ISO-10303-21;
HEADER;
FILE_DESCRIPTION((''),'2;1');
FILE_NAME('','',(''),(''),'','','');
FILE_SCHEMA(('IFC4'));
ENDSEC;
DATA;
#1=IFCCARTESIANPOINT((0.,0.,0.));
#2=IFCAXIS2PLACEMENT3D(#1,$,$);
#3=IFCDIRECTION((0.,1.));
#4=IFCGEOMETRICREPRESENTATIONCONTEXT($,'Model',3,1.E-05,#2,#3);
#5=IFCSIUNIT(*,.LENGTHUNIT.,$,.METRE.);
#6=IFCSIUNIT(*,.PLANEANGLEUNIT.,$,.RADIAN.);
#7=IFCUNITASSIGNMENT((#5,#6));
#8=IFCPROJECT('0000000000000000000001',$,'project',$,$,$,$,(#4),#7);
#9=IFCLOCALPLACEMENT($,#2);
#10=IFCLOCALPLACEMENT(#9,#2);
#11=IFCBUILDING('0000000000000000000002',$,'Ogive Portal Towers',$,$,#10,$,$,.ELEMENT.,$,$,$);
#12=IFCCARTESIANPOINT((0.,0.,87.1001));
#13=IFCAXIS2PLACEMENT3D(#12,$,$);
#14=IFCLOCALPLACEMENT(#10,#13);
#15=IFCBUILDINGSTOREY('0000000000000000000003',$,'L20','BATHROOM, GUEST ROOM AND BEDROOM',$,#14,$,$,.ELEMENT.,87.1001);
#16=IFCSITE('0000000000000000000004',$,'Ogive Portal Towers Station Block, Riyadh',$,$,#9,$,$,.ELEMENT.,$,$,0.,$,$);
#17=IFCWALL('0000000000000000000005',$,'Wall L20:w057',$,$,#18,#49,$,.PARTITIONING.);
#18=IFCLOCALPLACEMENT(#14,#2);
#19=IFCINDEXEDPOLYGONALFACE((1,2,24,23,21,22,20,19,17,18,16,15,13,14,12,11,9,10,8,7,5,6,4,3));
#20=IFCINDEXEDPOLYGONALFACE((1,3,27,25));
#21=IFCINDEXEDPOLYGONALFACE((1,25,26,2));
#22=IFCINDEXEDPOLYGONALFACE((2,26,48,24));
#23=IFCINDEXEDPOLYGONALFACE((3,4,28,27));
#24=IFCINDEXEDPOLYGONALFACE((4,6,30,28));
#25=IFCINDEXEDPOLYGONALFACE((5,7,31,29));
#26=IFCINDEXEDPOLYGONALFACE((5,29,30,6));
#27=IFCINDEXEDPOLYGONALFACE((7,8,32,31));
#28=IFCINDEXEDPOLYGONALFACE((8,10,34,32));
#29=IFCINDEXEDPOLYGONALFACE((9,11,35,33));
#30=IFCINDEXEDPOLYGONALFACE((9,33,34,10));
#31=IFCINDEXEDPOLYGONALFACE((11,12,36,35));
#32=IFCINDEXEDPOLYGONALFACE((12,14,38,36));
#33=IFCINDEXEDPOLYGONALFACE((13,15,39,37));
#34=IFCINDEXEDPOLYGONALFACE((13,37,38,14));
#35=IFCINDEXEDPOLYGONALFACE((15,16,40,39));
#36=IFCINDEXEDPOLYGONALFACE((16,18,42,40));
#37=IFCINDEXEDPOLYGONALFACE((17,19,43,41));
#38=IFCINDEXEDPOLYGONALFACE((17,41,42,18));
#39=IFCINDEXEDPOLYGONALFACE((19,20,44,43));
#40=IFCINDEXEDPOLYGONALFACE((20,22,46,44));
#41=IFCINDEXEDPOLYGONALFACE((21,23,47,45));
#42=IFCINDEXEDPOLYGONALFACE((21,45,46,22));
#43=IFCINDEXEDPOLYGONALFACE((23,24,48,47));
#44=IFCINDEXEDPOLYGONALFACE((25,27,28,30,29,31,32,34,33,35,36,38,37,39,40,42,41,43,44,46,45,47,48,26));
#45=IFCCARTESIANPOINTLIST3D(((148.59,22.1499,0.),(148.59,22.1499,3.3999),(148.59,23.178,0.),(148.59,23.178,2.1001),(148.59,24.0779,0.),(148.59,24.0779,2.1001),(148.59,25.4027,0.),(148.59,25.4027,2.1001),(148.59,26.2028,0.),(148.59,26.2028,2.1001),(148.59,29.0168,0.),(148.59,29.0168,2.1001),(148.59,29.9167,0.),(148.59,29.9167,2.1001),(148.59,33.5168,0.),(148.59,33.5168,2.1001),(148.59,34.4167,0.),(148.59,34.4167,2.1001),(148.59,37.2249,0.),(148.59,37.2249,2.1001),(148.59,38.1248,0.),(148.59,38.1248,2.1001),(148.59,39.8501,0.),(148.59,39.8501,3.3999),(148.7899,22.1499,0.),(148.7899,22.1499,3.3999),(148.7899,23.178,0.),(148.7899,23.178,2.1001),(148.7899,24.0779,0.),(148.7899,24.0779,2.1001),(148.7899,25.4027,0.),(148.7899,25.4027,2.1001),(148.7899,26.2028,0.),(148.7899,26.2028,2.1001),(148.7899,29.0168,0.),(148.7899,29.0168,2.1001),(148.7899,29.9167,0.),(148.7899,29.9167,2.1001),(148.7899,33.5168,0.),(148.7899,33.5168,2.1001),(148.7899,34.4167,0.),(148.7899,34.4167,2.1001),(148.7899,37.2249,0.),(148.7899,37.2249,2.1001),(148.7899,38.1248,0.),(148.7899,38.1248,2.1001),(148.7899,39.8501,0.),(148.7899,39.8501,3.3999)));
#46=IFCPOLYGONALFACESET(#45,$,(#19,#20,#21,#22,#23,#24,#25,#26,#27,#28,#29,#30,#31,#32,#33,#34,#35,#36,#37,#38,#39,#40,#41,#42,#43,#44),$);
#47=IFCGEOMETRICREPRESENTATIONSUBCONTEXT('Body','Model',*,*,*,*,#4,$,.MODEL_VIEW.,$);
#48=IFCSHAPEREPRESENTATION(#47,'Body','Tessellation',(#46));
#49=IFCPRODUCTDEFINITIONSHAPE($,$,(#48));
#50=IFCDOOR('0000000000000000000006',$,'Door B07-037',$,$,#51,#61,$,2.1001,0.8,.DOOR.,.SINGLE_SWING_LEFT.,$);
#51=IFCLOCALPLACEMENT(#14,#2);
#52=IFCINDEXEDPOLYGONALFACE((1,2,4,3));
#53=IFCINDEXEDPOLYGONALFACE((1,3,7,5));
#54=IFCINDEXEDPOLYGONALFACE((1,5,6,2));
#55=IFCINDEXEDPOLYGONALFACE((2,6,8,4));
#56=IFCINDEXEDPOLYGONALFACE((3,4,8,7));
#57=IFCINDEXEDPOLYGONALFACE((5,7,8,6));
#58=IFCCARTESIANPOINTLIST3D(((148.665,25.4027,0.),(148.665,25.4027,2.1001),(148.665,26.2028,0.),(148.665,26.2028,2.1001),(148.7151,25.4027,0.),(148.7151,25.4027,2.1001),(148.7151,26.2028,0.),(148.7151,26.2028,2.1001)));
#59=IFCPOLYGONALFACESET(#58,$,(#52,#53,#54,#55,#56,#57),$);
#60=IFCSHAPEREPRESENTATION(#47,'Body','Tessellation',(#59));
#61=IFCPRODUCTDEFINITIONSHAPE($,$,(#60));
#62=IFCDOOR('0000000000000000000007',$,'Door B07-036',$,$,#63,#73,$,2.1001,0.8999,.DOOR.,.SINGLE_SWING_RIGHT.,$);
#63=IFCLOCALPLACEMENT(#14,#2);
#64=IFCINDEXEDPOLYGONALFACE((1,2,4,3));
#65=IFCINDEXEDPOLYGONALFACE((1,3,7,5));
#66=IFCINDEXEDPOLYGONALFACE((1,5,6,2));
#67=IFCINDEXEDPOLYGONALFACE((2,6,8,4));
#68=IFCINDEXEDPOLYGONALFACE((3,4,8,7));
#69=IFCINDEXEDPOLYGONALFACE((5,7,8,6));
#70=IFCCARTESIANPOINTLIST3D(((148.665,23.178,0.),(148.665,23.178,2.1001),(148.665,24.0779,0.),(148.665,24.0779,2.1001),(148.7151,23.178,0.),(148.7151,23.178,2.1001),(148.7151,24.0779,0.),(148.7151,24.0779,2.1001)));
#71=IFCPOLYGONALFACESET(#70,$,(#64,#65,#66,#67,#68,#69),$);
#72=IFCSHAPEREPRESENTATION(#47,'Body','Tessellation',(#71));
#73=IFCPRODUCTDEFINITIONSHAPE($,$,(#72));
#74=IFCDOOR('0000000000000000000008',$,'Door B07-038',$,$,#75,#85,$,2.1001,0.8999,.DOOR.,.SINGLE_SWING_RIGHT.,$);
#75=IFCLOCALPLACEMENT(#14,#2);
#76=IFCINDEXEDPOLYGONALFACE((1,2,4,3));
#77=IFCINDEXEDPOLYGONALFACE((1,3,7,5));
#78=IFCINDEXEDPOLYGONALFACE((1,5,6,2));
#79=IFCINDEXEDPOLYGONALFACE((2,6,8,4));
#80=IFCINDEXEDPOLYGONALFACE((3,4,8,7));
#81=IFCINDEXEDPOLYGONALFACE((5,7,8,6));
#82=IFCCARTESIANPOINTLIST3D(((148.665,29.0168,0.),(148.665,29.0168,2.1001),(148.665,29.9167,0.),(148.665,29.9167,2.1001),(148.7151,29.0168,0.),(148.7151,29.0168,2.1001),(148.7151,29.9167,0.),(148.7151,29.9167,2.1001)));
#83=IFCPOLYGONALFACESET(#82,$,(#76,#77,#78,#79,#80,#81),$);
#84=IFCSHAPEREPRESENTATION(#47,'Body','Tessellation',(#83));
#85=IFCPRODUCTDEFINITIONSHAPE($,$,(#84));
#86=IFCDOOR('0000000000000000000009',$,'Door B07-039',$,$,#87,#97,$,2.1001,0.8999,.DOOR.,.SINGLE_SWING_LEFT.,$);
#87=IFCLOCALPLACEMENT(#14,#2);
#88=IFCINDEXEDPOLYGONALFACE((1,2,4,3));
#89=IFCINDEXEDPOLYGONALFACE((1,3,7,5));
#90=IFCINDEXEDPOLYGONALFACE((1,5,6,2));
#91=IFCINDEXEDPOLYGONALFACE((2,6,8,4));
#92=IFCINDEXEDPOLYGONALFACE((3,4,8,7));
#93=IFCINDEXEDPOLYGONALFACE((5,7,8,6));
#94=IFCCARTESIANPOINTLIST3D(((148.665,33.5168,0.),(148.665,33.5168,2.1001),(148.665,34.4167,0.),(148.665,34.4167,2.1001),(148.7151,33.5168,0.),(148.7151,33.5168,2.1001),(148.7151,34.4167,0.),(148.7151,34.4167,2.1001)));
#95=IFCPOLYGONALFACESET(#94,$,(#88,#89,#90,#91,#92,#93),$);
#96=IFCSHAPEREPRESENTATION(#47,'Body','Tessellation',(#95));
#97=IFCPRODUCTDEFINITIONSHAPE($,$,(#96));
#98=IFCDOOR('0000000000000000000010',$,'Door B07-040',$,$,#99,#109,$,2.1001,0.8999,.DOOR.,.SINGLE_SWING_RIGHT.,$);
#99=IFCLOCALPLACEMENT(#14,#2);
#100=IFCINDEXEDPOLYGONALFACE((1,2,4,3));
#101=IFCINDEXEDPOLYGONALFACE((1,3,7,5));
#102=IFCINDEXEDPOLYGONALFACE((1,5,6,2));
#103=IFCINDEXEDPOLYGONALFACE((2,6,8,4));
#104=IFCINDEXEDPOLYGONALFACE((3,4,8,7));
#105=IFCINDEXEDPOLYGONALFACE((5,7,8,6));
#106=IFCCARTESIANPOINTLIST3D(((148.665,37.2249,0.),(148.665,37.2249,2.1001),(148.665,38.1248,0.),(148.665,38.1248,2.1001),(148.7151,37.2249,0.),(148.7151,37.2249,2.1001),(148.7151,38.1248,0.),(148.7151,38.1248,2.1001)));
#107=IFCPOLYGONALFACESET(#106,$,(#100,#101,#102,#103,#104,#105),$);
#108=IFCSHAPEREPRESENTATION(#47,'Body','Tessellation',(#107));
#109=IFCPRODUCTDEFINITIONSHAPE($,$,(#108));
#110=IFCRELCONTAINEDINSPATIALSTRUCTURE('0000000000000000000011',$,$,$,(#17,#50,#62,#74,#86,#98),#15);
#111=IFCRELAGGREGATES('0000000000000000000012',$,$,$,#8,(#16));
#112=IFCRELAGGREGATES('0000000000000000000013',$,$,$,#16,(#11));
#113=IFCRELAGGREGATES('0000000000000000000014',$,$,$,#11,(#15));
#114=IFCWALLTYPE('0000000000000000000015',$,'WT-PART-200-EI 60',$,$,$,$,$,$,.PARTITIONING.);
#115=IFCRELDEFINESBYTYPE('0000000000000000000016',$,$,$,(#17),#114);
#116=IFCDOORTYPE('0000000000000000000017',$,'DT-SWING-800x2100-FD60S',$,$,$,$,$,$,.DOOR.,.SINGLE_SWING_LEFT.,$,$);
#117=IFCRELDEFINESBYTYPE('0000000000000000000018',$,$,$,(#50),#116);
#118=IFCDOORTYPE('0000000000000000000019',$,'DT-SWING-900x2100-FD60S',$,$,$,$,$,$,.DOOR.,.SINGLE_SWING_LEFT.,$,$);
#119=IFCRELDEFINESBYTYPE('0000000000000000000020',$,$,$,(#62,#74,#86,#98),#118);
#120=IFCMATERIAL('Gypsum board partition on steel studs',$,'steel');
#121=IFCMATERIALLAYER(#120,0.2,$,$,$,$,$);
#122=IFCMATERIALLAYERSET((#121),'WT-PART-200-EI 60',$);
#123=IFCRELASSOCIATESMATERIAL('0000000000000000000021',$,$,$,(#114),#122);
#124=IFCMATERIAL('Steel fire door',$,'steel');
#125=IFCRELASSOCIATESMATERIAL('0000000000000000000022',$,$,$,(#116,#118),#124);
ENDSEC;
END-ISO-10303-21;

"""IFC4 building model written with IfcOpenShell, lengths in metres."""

from ifc_helpers import new_model, si_unit, direction, frame, frame_2d, origin, place, context, subcontext, project, spatial, rectangle, extrude, material, layer, layer_set, type_object, element, fill, save


model = new_model("IFC4")

# Units and contexts
model_context = context("Model", 3, precision=1e-05, world=origin(), true_north=direction((0.0, 1.0)))
body_context = subcontext(model_context, "Body", "Model", "MODEL_VIEW")
ifc_project = project(units=[si_unit("LENGTHUNIT", "METRE"), si_unit("PLANEANGLEUNIT", "RADIAN")], contexts=[model_context])

# Site, building, storey
site_placement = place(None, origin())
site = spatial("IfcSite", under=ifc_project, at=site_placement, Name="Ogive Portal Towers Station Block, Riyadh", CompositionType="ELEMENT", RefElevation=0.0)
building_placement = place(site_placement, origin())
building = spatial("IfcBuilding", under=site, at=building_placement, Name="Ogive Portal Towers", CompositionType="ELEMENT")
storey_placement = place(building_placement, frame((0.0, 0.0, 87.1001)))
storey = spatial("IfcBuildingStorey", under=building, at=storey_placement, Name="L20", Description="BATHROOM, GUEST ROOM AND BEDROOM", CompositionType="ELEMENT", Elevation=87.1001)

# Shared definitions
ifc_material_1 = material(Name="Gypsum board partition on steel studs", Category="steel")
ifc_layer_1 = layer(ifc_material_1, 0.2)
ifc_layer_set_1 = layer_set([ifc_layer_1], Name="WT-PART-200-EI 60")
wall_type_1 = type_object("IfcWallType", Name="WT-PART-200-EI 60", PredefinedType="PARTITIONING", material=ifc_layer_set_1)
ifc_material_2 = material(Name="Steel fire door", Category="steel")
door_type_1 = type_object("IfcDoorType", Name="DT-SWING-800x2100-FD60S", OperationType="SINGLE_SWING_LEFT", PredefinedType="DOOR", material=ifc_material_2)
door_type_2 = type_object("IfcDoorType", Name="DT-SWING-900x2100-FD60S", OperationType="SINGLE_SWING_LEFT", PredefinedType="DOOR", material=ifc_material_2)

# Wall, openings, doors
wall_1_placement = place(storey_placement, frame((148.6899, 22.1499, 0.0), z_axis=(0.0, 0.0, 1.0), x_axis=(0.0, 1.0, 0.0)))
wall_1 = element("IfcWall", 1, at=wall_1_placement, inside=storey, type_object=wall_type_1, Name="Wall L20:w057", PredefinedType="PARTITIONING", context=body_context, shape_type="SweptSolid", body=[
    extrude(rectangle(XDim=17.7002, YDim=0.2, at=frame_2d((8.8501, 0.0))), origin(), (0.0, 0.0, 1.0), 3.3999),
])
opening_1_placement = place(wall_1_placement, frame((1.0281, 0.0, 0.0)))
opening_1 = element("IfcOpeningElement", 2, at=opening_1_placement, cuts=wall_1, PredefinedType="OPENING", context=body_context, shape_type="SweptSolid", body=[
    extrude(rectangle(XDim=0.8999, YDim=2.1001, at=frame_2d((0.45, 1.05))), frame((0.0, 0.1099, 0.0), z_axis=(0.0, -1.0, 0.0), x_axis=(1.0, 0.0, 0.0)), (0.0, 0.0, 1.0), 0.22),
])
opening_2_placement = place(wall_1_placement, frame((3.2529, 0.0, 0.0)))
opening_2 = element("IfcOpeningElement", 3, at=opening_2_placement, cuts=wall_1, PredefinedType="OPENING", context=body_context, shape_type="SweptSolid", body=[
    extrude(rectangle(XDim=0.8, YDim=2.1001, at=frame_2d((0.3999, 1.05))), frame((0.0, 0.1099, 0.0), z_axis=(0.0, -1.0, 0.0), x_axis=(1.0, 0.0, 0.0)), (0.0, 0.0, 1.0), 0.22),
])
opening_3_placement = place(wall_1_placement, frame((6.8669, 0.0, 0.0)))
opening_3 = element("IfcOpeningElement", 4, at=opening_3_placement, cuts=wall_1, PredefinedType="OPENING", context=body_context, shape_type="SweptSolid", body=[
    extrude(rectangle(XDim=0.8999, YDim=2.1001, at=frame_2d((0.45, 1.05))), frame((0.0, 0.1099, 0.0), z_axis=(0.0, -1.0, 0.0), x_axis=(1.0, 0.0, 0.0)), (0.0, 0.0, 1.0), 0.22),
])
opening_4_placement = place(wall_1_placement, frame((11.3669, 0.0, 0.0)))
opening_4 = element("IfcOpeningElement", 5, at=opening_4_placement, cuts=wall_1, PredefinedType="OPENING", context=body_context, shape_type="SweptSolid", body=[
    extrude(rectangle(XDim=0.8999, YDim=2.1001, at=frame_2d((0.45, 1.05))), frame((0.0, 0.1099, 0.0), z_axis=(0.0, -1.0, 0.0), x_axis=(1.0, 0.0, 0.0)), (0.0, 0.0, 1.0), 0.22),
])
opening_5_placement = place(wall_1_placement, frame((15.075, 0.0, 0.0)))
opening_5 = element("IfcOpeningElement", 6, at=opening_5_placement, cuts=wall_1, PredefinedType="OPENING", context=body_context, shape_type="SweptSolid", body=[
    extrude(rectangle(XDim=0.8999, YDim=2.1001, at=frame_2d((0.45, 1.05))), frame((0.0, 0.1099, 0.0), z_axis=(0.0, -1.0, 0.0), x_axis=(1.0, 0.0, 0.0)), (0.0, 0.0, 1.0), 0.22),
])
door_1_placement = place(opening_2_placement, origin())
door_1 = element("IfcDoor", 7, at=door_1_placement, inside=storey, type_object=door_type_1, Name="Door B07-037", OperationType="SINGLE_SWING_LEFT", OverallHeight=2.1001, OverallWidth=0.8, PredefinedType="DOOR", context=body_context, shape_type="SweptSolid", body=[
    extrude(rectangle(XDim=0.8, YDim=2.1001, at=frame_2d((0.3999, 1.05))), frame((0.0, 0.0249, 0.0), z_axis=(0.0, -1.0, 0.0), x_axis=(1.0, 0.0, 0.0)), (0.0, 0.0, 1.0), 0.05),
])
fill(opening_2, door_1)
door_2_placement = place(opening_1_placement, origin())
door_2 = element("IfcDoor", 8, at=door_2_placement, inside=storey, type_object=door_type_2, Name="Door B07-036", OperationType="SINGLE_SWING_RIGHT", OverallHeight=2.1001, OverallWidth=0.8999, PredefinedType="DOOR", context=body_context, shape_type="SweptSolid", body=[
    extrude(rectangle(XDim=0.8999, YDim=2.1001, at=frame_2d((0.45, 1.05))), frame((0.0, 0.0249, 0.0), z_axis=(0.0, -1.0, 0.0), x_axis=(1.0, 0.0, 0.0)), (0.0, 0.0, 1.0), 0.05),
])
fill(opening_1, door_2)
door_3_placement = place(opening_3_placement, origin())
door_3 = element("IfcDoor", 9, at=door_3_placement, inside=storey, type_object=door_type_2, Name="Door B07-038", OperationType="SINGLE_SWING_RIGHT", OverallHeight=2.1001, OverallWidth=0.8999, PredefinedType="DOOR", context=body_context, shape_type="SweptSolid", body=[
    extrude(rectangle(XDim=0.8999, YDim=2.1001, at=frame_2d((0.45, 1.05))), frame((0.0, 0.0249, 0.0), z_axis=(0.0, -1.0, 0.0), x_axis=(1.0, 0.0, 0.0)), (0.0, 0.0, 1.0), 0.05),
])
fill(opening_3, door_3)
door_4_placement = place(opening_4_placement, origin())
door_4 = element("IfcDoor", 10, at=door_4_placement, inside=storey, type_object=door_type_2, Name="Door B07-039", OperationType="SINGLE_SWING_LEFT", OverallHeight=2.1001, OverallWidth=0.8999, PredefinedType="DOOR", context=body_context, shape_type="SweptSolid", body=[
    extrude(rectangle(XDim=0.8999, YDim=2.1001, at=frame_2d((0.45, 1.05))), frame((0.0, 0.0249, 0.0), z_axis=(0.0, -1.0, 0.0), x_axis=(1.0, 0.0, 0.0)), (0.0, 0.0, 1.0), 0.05),
])
fill(opening_4, door_4)
door_5_placement = place(opening_5_placement, origin())
door_5 = element("IfcDoor", 11, at=door_5_placement, inside=storey, type_object=door_type_2, Name="Door B07-040", OperationType="SINGLE_SWING_RIGHT", OverallHeight=2.1001, OverallWidth=0.8999, PredefinedType="DOOR", context=body_context, shape_type="SweptSolid", body=[
    extrude(rectangle(XDim=0.8999, YDim=2.1001, at=frame_2d((0.45, 1.05))), frame((0.0, 0.0249, 0.0), z_axis=(0.0, -1.0, 0.0), x_axis=(1.0, 0.0, 0.0)), (0.0, 0.0, 1.0), 0.05),
])
fill(opening_5, door_5)

save(model, "model.ifc")
